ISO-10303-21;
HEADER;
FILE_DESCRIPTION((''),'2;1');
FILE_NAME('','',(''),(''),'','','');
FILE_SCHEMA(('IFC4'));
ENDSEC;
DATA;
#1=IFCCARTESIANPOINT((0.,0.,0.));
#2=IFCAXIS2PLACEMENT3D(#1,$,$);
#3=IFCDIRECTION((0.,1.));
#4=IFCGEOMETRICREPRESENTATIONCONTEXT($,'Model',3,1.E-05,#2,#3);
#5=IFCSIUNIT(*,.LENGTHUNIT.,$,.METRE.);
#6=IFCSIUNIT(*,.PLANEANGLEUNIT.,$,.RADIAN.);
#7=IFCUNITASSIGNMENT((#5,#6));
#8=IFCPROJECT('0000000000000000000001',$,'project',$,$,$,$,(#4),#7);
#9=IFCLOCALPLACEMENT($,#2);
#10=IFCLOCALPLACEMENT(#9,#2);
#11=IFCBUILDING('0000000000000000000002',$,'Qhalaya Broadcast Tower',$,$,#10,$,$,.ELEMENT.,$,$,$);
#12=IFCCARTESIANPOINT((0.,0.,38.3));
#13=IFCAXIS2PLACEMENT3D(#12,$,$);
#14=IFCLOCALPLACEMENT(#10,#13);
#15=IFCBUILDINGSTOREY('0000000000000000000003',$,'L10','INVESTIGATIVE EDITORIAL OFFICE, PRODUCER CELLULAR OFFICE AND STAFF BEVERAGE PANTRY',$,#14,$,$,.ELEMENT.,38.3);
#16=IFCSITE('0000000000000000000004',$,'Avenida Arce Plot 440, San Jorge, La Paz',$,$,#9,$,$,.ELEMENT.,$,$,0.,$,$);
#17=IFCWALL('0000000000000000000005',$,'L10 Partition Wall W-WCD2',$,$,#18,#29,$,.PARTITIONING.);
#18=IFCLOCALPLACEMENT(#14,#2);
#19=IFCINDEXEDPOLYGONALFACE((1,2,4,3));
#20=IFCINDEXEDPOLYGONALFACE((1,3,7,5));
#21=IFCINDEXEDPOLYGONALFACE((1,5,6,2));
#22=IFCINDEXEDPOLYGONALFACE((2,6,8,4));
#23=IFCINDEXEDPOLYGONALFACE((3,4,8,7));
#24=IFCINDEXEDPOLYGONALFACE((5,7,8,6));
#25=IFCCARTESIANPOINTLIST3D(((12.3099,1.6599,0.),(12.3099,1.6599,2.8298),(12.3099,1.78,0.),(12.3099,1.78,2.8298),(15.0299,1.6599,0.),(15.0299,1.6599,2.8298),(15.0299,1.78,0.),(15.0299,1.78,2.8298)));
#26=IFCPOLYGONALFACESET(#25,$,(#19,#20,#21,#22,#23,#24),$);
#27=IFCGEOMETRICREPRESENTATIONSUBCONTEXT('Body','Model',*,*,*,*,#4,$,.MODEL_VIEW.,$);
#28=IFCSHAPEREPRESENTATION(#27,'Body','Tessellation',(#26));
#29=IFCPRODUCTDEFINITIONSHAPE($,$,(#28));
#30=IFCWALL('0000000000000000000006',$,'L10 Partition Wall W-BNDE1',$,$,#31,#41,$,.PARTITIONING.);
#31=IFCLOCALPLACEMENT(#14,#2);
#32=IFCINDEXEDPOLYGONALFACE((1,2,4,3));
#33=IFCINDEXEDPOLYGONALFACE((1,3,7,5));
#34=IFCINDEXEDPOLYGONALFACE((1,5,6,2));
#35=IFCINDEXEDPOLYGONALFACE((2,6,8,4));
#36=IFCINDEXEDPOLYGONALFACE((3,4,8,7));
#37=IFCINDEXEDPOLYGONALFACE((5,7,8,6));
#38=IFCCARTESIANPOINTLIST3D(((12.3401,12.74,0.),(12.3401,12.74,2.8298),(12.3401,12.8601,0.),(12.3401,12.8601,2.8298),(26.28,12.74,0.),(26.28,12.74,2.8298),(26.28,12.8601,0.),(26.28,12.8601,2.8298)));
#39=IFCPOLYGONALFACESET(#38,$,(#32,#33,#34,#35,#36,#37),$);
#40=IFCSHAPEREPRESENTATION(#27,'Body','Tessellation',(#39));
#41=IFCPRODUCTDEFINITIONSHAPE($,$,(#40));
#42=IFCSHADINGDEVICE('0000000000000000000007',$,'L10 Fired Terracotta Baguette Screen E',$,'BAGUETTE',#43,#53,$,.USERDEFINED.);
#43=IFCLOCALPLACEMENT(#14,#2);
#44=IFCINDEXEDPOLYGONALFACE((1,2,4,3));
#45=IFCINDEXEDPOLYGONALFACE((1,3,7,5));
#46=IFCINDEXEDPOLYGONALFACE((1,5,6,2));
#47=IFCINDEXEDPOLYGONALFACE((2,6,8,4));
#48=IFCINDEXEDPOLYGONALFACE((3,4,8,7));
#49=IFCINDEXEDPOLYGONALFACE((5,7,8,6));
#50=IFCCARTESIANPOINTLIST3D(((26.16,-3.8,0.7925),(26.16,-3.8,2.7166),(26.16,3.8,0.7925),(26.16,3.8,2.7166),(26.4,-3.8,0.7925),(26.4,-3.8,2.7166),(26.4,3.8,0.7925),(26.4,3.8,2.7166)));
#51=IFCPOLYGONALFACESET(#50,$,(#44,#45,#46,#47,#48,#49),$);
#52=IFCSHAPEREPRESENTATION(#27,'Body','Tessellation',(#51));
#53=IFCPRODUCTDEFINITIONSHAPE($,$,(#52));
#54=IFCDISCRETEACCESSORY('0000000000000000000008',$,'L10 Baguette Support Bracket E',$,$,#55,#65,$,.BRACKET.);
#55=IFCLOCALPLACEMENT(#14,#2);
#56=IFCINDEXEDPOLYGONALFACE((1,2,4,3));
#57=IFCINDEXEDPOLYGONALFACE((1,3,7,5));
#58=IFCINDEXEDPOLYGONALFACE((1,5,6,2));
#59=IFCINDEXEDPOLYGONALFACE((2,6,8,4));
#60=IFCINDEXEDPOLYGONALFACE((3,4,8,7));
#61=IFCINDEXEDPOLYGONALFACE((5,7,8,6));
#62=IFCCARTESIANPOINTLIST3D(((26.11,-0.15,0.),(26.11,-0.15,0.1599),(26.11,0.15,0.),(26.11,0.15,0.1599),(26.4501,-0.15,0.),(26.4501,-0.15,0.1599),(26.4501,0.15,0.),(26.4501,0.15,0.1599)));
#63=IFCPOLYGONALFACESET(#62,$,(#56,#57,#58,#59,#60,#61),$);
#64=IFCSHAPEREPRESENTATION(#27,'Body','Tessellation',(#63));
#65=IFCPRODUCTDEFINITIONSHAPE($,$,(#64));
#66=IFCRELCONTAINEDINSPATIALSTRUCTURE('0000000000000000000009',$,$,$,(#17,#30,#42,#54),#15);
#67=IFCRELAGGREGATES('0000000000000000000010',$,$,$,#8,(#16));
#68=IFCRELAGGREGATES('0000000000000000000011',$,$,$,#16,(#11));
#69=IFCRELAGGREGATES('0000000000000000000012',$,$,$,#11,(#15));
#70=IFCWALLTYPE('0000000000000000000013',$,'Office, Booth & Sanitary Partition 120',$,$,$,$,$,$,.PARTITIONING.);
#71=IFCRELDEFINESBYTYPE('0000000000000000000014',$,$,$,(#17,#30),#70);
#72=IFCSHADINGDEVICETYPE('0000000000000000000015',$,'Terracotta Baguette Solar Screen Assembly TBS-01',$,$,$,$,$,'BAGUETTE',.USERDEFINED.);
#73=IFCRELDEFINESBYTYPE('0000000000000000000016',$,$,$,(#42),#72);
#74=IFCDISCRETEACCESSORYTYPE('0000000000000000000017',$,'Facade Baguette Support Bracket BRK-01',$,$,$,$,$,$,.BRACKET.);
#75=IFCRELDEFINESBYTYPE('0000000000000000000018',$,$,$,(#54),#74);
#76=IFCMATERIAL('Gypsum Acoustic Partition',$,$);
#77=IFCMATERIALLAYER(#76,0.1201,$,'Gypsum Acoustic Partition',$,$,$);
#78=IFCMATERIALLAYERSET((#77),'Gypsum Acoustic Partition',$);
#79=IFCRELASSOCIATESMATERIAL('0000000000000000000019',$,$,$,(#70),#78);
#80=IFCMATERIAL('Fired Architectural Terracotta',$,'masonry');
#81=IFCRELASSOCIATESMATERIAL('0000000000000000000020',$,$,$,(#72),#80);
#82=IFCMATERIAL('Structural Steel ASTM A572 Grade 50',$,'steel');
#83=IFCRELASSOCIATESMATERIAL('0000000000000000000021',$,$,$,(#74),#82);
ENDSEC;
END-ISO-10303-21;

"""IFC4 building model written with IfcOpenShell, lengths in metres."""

from ifc_helpers import new_model, si_unit, direction, frame, frame_2d, origin, origin_2d, place, context, subcontext, project, spatial, rectangle, extrude, material, layer, layer_set, type_object, element, save


model = new_model("IFC4")

# Units and contexts
model_context = context("Model", 3, precision=1e-05, world=origin(), true_north=direction((0.0, 1.0)))
body_context = subcontext(model_context, "Body", "Model", "MODEL_VIEW")
ifc_project = project(units=[si_unit("LENGTHUNIT", "METRE"), si_unit("PLANEANGLEUNIT", "RADIAN")], contexts=[model_context])

# Site, building, storey
site_placement = place(None, origin())
site = spatial("IfcSite", under=ifc_project, at=site_placement, Name="Avenida Arce Plot 440, San Jorge, La Paz", CompositionType="ELEMENT", RefElevation=0.0)
building_placement = place(site_placement, origin())
building = spatial("IfcBuilding", under=site, at=building_placement, Name="Qhalaya Broadcast Tower", CompositionType="ELEMENT")
storey_placement = place(building_placement, frame((0.0, 0.0, 38.3)))
storey = spatial("IfcBuildingStorey", under=building, at=storey_placement, Name="L10", Description="INVESTIGATIVE EDITORIAL OFFICE, PRODUCER CELLULAR OFFICE AND STAFF BEVERAGE PANTRY", CompositionType="ELEMENT", Elevation=38.3)

# Shared definitions
ifc_material_1 = material(Name="Structural Steel ASTM A572 Grade 50", Category="steel")

# Shared definitions
ifc_material_2 = material(Name="Gypsum Acoustic Partition")

# Shared definitions
ifc_layer_1 = layer(ifc_material_2, 0.1201, Name="Gypsum Acoustic Partition")
ifc_layer_set_1 = layer_set([ifc_layer_1], Name="Gypsum Acoustic Partition")
wall_type_1 = type_object("IfcWallType", Name="Office, Booth & Sanitary Partition 120", PredefinedType="PARTITIONING", material=ifc_layer_set_1)

# Walls
wall_1_placement = place(storey_placement, frame((12.3101, 1.72, 0.0), z_axis=(0.0, 0.0, 1.0), x_axis=(1.0, 0.0, 0.0)))
element("IfcWall", 1, at=wall_1_placement, inside=storey, type_object=wall_type_1, Name="L10 Partition Wall W-WCD2", PredefinedType="PARTITIONING", context=body_context, shape_type="SweptSolid", body=[
    extrude(rectangle(XDim=2.72, YDim=0.1201, at=frame_2d((1.3599, 0.0))), origin(), (0.0, 0.0, 1.0), 2.8298),
])
wall_2_placement = place(storey_placement, frame((12.3401, 12.8, 0.0), z_axis=(0.0, 0.0, 1.0), x_axis=(1.0, 0.0, 0.0)))
element("IfcWall", 2, at=wall_2_placement, inside=storey, type_object=wall_type_1, Name="L10 Partition Wall W-BNDE1", PredefinedType="PARTITIONING", context=body_context, shape_type="SweptSolid", body=[
    extrude(rectangle(XDim=13.9399, YDim=0.1201, at=frame_2d((6.97, 0.0))), origin(), (0.0, 0.0, 1.0), 2.8298),
])

# Shading device
ifc_material_3 = material(Name="Fired Architectural Terracotta", Category="masonry")
shading_device_type = type_object("IfcShadingDeviceType", Name="Terracotta Baguette Solar Screen Assembly TBS-01", ElementType="BAGUETTE", PredefinedType="USERDEFINED", material=ifc_material_3)
shading_device_placement = place(storey_placement, frame((26.28, 0.0, 0.7925), z_axis=(0.0, 0.0, 1.0), x_axis=(0.0, 1.0, 0.0)))
element("IfcShadingDevice", 3, at=shading_device_placement, inside=storey, type_object=shading_device_type, Name="L10 Fired Terracotta Baguette Screen E", ObjectType="BAGUETTE", PredefinedType="USERDEFINED", context=body_context, shape_type="SweptSolid", body=[
    extrude(rectangle(XDim=7.6001, YDim=0.24, at=origin_2d()), origin(), (0.0, 0.0, 1.0), 1.9241),
])

# Discrete accessory
discrete_accessory_type = type_object("IfcDiscreteAccessoryType", Name="Facade Baguette Support Bracket BRK-01", PredefinedType="BRACKET", material=ifc_material_1)
discrete_accessory_placement = place(storey_placement, frame((26.28, 0.0, 0.0), z_axis=(0.0, 0.0, 1.0), x_axis=(0.0, 1.0, 0.0)))
element("IfcDiscreteAccessory", 4, at=discrete_accessory_placement, inside=storey, type_object=discrete_accessory_type, Name="L10 Baguette Support Bracket E", PredefinedType="BRACKET", context=body_context, shape_type="SweptSolid", body=[
    extrude(rectangle(XDim=0.3, YDim=0.3401, at=origin_2d()), origin(), (0.0, 0.0, 1.0), 0.1599),
])

save(model, "model.ifc")
